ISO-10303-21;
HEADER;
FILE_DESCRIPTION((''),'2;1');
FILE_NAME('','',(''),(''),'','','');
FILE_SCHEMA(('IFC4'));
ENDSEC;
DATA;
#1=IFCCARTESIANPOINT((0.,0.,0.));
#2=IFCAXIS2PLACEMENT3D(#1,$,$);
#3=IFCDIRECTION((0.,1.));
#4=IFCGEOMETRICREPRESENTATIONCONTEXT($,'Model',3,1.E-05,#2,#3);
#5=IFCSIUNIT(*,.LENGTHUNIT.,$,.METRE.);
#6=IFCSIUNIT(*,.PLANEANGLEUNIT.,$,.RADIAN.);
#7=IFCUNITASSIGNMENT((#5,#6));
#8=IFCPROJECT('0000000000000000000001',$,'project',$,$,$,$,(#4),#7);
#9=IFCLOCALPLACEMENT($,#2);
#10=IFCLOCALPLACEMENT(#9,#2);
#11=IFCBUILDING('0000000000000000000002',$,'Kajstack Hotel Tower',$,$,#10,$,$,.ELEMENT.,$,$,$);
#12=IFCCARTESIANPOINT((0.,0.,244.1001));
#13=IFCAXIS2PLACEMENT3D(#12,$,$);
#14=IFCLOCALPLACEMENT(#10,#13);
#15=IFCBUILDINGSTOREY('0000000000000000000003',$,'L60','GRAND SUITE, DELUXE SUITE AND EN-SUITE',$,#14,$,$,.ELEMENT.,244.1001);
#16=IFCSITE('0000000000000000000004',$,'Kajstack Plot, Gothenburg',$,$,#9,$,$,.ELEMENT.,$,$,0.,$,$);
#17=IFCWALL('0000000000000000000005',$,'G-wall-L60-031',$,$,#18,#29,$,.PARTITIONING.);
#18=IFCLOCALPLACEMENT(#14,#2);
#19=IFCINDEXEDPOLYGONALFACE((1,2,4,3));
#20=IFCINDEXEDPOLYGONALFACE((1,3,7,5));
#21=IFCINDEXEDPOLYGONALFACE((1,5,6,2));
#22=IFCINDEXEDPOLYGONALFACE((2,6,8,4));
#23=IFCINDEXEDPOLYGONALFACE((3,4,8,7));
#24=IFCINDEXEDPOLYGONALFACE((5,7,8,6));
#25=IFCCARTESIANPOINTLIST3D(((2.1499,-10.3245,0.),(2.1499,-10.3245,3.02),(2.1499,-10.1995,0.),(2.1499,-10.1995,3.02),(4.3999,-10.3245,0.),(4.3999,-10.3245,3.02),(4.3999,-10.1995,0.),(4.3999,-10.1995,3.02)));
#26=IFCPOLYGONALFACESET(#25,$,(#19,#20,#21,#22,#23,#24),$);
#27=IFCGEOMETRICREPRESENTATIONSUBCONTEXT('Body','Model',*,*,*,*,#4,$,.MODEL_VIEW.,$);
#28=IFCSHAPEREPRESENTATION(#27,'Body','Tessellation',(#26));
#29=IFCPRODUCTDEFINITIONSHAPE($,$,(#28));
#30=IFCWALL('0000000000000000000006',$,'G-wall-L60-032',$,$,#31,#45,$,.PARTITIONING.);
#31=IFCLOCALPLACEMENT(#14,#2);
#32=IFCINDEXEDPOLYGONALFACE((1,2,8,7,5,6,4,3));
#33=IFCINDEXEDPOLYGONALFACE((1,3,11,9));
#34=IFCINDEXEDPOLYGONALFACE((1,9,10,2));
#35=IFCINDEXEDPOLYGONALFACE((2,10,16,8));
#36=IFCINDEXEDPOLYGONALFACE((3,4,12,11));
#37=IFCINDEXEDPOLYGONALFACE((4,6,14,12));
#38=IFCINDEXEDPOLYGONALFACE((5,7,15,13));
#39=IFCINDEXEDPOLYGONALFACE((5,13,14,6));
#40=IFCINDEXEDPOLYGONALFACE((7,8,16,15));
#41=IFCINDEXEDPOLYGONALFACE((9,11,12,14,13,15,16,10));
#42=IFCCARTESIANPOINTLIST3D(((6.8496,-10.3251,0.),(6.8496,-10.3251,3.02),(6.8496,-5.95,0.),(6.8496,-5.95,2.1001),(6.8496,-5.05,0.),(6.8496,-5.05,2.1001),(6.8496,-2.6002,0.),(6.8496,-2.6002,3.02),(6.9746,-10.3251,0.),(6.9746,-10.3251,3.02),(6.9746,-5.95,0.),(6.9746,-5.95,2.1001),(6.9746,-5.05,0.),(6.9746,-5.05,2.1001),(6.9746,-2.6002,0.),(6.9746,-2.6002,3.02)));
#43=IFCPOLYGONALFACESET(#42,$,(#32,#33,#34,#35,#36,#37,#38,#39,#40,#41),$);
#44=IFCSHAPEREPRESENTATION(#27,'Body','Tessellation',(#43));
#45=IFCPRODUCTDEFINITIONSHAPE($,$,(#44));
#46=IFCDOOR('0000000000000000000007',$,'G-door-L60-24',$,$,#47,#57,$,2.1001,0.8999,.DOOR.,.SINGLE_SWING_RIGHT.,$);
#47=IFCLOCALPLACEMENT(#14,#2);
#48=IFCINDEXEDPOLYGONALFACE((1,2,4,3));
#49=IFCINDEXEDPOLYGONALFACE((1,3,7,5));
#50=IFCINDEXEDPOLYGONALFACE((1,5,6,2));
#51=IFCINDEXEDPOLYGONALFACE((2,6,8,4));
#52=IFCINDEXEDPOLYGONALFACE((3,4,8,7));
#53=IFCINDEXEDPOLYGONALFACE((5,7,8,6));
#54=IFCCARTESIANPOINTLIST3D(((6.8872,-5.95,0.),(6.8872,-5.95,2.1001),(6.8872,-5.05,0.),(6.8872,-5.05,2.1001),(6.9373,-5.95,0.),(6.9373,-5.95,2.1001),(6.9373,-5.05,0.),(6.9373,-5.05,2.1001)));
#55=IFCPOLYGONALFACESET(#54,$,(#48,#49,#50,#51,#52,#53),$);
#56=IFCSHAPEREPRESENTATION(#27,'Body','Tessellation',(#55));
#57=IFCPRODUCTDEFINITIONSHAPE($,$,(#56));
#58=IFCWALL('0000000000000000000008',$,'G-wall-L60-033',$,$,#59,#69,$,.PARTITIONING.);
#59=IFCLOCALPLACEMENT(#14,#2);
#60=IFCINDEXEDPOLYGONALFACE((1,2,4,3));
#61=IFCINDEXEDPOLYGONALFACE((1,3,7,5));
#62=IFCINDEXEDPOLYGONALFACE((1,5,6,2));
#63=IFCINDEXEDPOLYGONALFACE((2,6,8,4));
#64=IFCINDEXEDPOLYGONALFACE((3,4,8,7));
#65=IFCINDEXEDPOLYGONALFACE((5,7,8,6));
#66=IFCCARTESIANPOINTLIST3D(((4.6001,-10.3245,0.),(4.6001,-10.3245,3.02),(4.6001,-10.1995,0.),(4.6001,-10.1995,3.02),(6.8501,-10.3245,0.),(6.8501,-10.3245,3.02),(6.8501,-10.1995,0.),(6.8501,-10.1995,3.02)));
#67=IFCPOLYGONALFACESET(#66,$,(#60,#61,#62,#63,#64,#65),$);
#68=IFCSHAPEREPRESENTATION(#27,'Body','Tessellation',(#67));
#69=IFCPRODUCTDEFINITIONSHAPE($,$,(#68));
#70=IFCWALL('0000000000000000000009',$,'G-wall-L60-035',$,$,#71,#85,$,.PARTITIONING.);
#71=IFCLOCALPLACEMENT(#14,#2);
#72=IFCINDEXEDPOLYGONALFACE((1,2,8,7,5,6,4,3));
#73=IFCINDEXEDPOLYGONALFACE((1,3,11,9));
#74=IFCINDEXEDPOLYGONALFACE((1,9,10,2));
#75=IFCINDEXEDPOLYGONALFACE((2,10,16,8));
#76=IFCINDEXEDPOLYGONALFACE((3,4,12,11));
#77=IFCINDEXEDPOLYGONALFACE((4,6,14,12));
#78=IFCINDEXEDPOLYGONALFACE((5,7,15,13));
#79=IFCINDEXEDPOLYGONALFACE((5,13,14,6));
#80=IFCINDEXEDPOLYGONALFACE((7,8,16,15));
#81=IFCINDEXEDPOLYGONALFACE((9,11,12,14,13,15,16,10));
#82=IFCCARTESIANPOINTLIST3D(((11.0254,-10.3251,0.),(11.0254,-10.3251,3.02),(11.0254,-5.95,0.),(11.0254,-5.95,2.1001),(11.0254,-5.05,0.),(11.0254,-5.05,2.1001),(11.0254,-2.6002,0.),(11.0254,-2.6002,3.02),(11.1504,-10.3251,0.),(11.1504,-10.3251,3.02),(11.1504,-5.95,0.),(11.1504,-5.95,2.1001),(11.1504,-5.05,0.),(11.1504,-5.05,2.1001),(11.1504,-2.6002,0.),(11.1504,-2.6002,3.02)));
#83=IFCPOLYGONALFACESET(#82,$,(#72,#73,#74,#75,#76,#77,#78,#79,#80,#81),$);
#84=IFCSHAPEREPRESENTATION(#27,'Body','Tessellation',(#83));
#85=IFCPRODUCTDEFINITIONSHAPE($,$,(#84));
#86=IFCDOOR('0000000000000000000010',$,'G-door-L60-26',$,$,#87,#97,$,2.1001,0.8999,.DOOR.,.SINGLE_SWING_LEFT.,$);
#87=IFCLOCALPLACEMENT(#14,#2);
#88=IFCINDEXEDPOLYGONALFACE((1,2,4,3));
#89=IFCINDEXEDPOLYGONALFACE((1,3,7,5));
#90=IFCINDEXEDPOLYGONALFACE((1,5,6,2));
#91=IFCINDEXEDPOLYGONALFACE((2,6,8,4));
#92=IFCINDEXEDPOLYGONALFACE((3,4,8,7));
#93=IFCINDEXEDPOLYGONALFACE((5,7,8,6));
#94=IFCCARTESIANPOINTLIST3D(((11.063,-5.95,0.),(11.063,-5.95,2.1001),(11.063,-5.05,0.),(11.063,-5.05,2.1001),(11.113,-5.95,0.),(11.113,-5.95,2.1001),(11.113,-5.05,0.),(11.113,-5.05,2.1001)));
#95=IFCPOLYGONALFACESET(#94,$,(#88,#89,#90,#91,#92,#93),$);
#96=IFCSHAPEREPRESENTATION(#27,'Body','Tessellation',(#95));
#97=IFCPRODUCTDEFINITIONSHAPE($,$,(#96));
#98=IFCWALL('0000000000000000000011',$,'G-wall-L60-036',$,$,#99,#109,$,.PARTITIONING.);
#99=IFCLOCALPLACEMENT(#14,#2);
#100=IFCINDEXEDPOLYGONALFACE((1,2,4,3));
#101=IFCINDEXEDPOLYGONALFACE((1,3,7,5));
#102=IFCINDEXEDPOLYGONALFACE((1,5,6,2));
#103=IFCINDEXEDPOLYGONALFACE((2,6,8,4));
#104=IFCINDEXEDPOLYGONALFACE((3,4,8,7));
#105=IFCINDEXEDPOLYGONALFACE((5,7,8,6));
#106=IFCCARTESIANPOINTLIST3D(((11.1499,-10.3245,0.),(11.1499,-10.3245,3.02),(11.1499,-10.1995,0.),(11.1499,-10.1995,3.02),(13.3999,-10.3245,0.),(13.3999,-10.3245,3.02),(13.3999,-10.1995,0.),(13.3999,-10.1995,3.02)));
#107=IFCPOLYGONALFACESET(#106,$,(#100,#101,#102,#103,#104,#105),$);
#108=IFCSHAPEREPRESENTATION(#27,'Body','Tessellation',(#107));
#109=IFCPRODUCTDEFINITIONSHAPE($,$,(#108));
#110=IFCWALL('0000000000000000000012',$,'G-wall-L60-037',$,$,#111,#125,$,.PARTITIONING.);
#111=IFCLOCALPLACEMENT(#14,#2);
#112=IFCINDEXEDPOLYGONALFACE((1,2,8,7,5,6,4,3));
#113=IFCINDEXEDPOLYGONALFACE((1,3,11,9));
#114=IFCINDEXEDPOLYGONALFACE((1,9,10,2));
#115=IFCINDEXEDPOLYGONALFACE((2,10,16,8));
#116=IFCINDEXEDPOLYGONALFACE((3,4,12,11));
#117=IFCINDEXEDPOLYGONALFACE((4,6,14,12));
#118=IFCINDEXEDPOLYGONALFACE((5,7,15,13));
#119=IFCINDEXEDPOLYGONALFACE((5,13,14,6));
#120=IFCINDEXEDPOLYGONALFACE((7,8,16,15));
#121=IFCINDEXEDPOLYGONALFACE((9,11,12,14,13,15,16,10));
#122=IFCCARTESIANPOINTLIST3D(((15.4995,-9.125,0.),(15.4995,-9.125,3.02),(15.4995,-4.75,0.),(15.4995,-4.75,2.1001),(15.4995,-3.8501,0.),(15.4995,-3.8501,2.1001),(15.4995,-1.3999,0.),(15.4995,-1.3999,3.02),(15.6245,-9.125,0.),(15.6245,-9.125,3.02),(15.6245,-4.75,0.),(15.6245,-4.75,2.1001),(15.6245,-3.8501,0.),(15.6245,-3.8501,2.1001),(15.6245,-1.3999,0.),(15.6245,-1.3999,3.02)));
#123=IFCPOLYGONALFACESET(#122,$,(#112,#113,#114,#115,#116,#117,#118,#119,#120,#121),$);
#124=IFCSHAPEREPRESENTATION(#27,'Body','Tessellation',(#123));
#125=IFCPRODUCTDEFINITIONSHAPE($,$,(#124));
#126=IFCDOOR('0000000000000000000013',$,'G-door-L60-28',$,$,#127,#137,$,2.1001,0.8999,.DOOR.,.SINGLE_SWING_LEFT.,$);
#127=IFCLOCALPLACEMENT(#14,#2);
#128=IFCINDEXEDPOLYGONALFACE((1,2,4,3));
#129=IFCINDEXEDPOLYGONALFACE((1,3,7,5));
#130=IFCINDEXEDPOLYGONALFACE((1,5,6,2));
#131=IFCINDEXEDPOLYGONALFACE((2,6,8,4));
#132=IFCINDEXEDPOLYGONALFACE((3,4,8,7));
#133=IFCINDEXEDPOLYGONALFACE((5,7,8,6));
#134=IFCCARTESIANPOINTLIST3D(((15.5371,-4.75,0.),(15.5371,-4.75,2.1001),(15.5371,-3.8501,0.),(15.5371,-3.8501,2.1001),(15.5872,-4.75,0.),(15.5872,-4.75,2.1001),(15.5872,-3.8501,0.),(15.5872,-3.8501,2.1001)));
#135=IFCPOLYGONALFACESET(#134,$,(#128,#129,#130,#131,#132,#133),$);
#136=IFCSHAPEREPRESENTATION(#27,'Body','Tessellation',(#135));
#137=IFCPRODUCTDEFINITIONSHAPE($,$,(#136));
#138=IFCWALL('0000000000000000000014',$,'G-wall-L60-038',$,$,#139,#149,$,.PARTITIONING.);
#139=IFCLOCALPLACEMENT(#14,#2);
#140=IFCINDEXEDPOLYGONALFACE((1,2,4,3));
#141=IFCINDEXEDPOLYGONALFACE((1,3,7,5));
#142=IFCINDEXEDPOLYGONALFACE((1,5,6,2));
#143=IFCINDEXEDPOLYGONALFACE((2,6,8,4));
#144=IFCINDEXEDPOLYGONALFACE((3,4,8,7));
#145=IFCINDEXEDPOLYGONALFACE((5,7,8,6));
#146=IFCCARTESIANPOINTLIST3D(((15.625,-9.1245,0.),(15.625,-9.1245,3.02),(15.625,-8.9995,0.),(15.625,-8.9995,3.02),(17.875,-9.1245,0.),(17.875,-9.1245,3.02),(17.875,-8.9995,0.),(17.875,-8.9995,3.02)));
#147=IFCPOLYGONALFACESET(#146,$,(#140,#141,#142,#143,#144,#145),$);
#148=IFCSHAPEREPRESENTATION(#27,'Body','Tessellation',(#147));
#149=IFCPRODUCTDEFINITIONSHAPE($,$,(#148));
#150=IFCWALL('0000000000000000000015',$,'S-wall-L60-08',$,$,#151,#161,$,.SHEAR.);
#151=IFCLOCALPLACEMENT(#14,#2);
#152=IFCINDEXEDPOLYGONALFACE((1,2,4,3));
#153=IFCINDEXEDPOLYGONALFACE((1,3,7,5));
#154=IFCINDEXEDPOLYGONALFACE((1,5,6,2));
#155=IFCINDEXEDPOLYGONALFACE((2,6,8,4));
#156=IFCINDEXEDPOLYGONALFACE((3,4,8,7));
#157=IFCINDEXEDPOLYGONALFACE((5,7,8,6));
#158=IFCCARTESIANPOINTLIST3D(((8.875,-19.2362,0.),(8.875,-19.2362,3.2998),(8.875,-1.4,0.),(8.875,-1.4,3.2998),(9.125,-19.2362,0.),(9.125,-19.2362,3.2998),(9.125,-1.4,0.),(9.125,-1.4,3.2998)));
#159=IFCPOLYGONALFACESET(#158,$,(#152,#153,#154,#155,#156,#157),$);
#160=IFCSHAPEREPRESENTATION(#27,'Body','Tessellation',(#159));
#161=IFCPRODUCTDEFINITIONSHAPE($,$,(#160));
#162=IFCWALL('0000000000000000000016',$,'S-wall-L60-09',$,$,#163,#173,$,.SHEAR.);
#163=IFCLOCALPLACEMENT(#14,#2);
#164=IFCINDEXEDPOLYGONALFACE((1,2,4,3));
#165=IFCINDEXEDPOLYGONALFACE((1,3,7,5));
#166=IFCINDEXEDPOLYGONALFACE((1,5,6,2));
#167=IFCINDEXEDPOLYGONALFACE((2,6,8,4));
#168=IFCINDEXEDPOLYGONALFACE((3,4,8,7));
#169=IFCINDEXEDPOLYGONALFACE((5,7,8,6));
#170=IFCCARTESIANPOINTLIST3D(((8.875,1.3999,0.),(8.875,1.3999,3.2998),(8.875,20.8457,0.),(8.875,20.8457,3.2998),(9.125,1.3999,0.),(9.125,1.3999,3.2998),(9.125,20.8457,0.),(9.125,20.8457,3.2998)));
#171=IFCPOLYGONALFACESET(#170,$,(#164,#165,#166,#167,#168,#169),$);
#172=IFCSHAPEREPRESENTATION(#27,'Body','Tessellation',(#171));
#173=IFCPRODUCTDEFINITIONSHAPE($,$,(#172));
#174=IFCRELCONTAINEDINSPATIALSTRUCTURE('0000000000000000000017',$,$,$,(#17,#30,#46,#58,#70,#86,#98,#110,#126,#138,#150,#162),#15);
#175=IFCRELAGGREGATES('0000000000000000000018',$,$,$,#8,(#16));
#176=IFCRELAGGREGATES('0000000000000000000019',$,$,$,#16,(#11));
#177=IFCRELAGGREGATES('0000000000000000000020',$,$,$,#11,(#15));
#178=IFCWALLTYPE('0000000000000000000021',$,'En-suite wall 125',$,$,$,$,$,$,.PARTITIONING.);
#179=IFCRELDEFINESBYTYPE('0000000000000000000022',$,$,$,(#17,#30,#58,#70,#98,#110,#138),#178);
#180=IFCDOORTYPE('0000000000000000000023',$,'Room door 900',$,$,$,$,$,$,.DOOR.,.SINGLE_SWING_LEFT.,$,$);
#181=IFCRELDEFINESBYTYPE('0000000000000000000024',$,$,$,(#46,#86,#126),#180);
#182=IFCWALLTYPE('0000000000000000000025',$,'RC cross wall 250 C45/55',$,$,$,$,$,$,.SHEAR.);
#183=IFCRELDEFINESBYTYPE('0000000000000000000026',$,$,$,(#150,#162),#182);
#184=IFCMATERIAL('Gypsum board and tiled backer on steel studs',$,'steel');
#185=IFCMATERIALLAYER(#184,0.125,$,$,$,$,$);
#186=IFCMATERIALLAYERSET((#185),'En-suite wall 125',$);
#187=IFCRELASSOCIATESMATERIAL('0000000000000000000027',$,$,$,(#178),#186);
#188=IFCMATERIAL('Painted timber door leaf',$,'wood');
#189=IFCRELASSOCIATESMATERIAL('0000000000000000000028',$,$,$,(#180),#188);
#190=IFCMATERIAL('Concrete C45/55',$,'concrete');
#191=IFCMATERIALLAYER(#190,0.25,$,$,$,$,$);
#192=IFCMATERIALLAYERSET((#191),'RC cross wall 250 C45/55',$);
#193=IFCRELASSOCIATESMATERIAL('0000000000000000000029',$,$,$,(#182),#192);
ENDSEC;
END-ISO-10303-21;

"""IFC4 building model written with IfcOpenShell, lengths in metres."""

from ifc_helpers import new_model, si_unit, direction, frame, frame_2d, origin, place, context, subcontext, project, spatial, rectangle, extrude, material, layer, layer_set, type_object, element, fill, save


model = new_model("IFC4")

# Units and contexts
model_context = context("Model", 3, precision=1e-05, world=origin(), true_north=direction((0.0, 1.0)))
body_context = subcontext(model_context, "Body", "Model", "MODEL_VIEW")
ifc_project = project(units=[si_unit("LENGTHUNIT", "METRE"), si_unit("PLANEANGLEUNIT", "RADIAN")], contexts=[model_context])

# Site, building, storey
site_placement = place(None, origin())
site = spatial("IfcSite", under=ifc_project, at=site_placement, Name="Kajstack Plot, Gothenburg", CompositionType="ELEMENT", RefElevation=0.0)
building_placement = place(site_placement, origin())
building = spatial("IfcBuilding", under=site, at=building_placement, Name="Kajstack Hotel Tower", CompositionType="ELEMENT")
storey_placement = place(building_placement, frame((0.0, 0.0, 244.1001)))
storey = spatial("IfcBuildingStorey", under=building, at=storey_placement, Name="L60", Description="GRAND SUITE, DELUXE SUITE AND EN-SUITE", CompositionType="ELEMENT", Elevation=244.1001)

# Shared definitions
ifc_material_1 = material(Name="Gypsum board and tiled backer on steel studs", Category="steel")
ifc_layer_1 = layer(ifc_material_1, 0.125)
ifc_layer_set_1 = layer_set([ifc_layer_1], Name="En-suite wall 125")
wall_type_1 = type_object("IfcWallType", Name="En-suite wall 125", PredefinedType="PARTITIONING", material=ifc_layer_set_1)
ifc_material_2 = material(Name="Painted timber door leaf", Category="wood")
door_type_1 = type_object("IfcDoorType", Name="Room door 900", OperationType="SINGLE_SWING_LEFT", PredefinedType="DOOR", material=ifc_material_2)

# Wall
wall_1_placement = place(storey_placement, frame((2.1499, -10.262, 0.0), z_axis=(0.0, 0.0, 1.0), x_axis=(1.0, 0.0, 0.0)))
element("IfcWall", 1, at=wall_1_placement, inside=storey, type_object=wall_type_1, Name="G-wall-L60-031", PredefinedType="PARTITIONING", context=body_context, shape_type="SweptSolid", body=[
    extrude(rectangle(XDim=2.25, YDim=0.125, at=frame_2d((1.125, 0.0))), origin(), (0.0, 0.0, 1.0), 3.02),
])

# Wall, opening, door
wall_2_placement = place(storey_placement, frame((6.9121, -10.325, 0.0), z_axis=(0.0, 0.0, 1.0), x_axis=(0.0, 1.0, 0.0)))
wall_2 = element("IfcWall", 2, at=wall_2_placement, inside=storey, type_object=wall_type_1, Name="G-wall-L60-032", PredefinedType="PARTITIONING", context=body_context, shape_type="SweptSolid", body=[
    extrude(rectangle(XDim=7.7249, YDim=0.125, at=frame_2d((3.8623, 0.0))), origin(), (0.0, 0.0, 1.0), 3.02),
])
opening_1_placement = place(wall_2_placement, frame((4.375, 0.0, 0.0)))
opening_1 = element("IfcOpeningElement", 3, at=opening_1_placement, cuts=wall_2, PredefinedType="OPENING", context=body_context, shape_type="SweptSolid", body=[
    extrude(rectangle(XDim=0.8999, YDim=2.1001, at=frame_2d((0.45, 1.05))), frame((0.0, 0.0725, 0.0), z_axis=(0.0, -1.0, 0.0), x_axis=(1.0, 0.0, 0.0)), (0.0, 0.0, 1.0), 0.145),
])
door_1_placement = place(opening_1_placement, origin())
door_1 = element("IfcDoor", 4, at=door_1_placement, inside=storey, type_object=door_type_1, Name="G-door-L60-24", OperationType="SINGLE_SWING_RIGHT", OverallHeight=2.1001, OverallWidth=0.8999, PredefinedType="DOOR", context=body_context, shape_type="SweptSolid", body=[
    extrude(rectangle(XDim=0.8999, YDim=2.1001, at=frame_2d((0.45, 1.05))), frame((0.0, 0.0249, 0.0), z_axis=(0.0, -1.0, 0.0), x_axis=(1.0, 0.0, 0.0)), (0.0, 0.0, 1.0), 0.05),
])
fill(opening_1, door_1)

# Wall
wall_3_placement = place(storey_placement, frame((4.6001, -10.262, 0.0), z_axis=(0.0, 0.0, 1.0), x_axis=(1.0, 0.0, 0.0)))
element("IfcWall", 5, at=wall_3_placement, inside=storey, type_object=wall_type_1, Name="G-wall-L60-033", PredefinedType="PARTITIONING", context=body_context, shape_type="SweptSolid", body=[
    extrude(rectangle(XDim=2.25, YDim=0.125, at=frame_2d((1.125, 0.0))), origin(), (0.0, 0.0, 1.0), 3.02),
])

# Wall, opening, door
wall_4_placement = place(storey_placement, frame((11.0879, -10.325, 0.0), z_axis=(0.0, 0.0, 1.0), x_axis=(0.0, 1.0, 0.0)))
wall_4 = element("IfcWall", 6, at=wall_4_placement, inside=storey, type_object=wall_type_1, Name="G-wall-L60-035", PredefinedType="PARTITIONING", context=body_context, shape_type="SweptSolid", body=[
    extrude(rectangle(XDim=7.7249, YDim=0.125, at=frame_2d((3.8623, 0.0))), origin(), (0.0, 0.0, 1.0), 3.02),
])
opening_2_placement = place(wall_4_placement, frame((4.375, 0.0, 0.0)))
opening_2 = element("IfcOpeningElement", 7, at=opening_2_placement, cuts=wall_4, PredefinedType="OPENING", context=body_context, shape_type="SweptSolid", body=[
    extrude(rectangle(XDim=0.8999, YDim=2.1001, at=frame_2d((0.45, 1.05))), frame((0.0, 0.0725, 0.0), z_axis=(0.0, -1.0, 0.0), x_axis=(1.0, 0.0, 0.0)), (0.0, 0.0, 1.0), 0.145),
])
door_2_placement = place(opening_2_placement, origin())
door_2 = element("IfcDoor", 8, at=door_2_placement, inside=storey, type_object=door_type_1, Name="G-door-L60-26", OperationType="SINGLE_SWING_LEFT", OverallHeight=2.1001, OverallWidth=0.8999, PredefinedType="DOOR", context=body_context, shape_type="SweptSolid", body=[
    extrude(rectangle(XDim=0.8999, YDim=2.1001, at=frame_2d((0.45, 1.05))), frame((0.0, 0.0249, 0.0), z_axis=(0.0, -1.0, 0.0), x_axis=(1.0, 0.0, 0.0)), (0.0, 0.0, 1.0), 0.05),
])
fill(opening_2, door_2)

# Wall
wall_5_placement = place(storey_placement, frame((11.1499, -10.262, 0.0), z_axis=(0.0, 0.0, 1.0), x_axis=(1.0, 0.0, 0.0)))
element("IfcWall", 9, at=wall_5_placement, inside=storey, type_object=wall_type_1, Name="G-wall-L60-036", PredefinedType="PARTITIONING", context=body_context, shape_type="SweptSolid", body=[
    extrude(rectangle(XDim=2.25, YDim=0.125, at=frame_2d((1.125, 0.0))), origin(), (0.0, 0.0, 1.0), 3.02),
])

# Wall, opening, door
wall_6_placement = place(storey_placement, frame((15.562, -9.125, 0.0), z_axis=(0.0, 0.0, 1.0), x_axis=(0.0, 1.0, 0.0)))
wall_6 = element("IfcWall", 10, at=wall_6_placement, inside=storey, type_object=wall_type_1, Name="G-wall-L60-037", PredefinedType="PARTITIONING", context=body_context, shape_type="SweptSolid", body=[
    extrude(rectangle(XDim=7.7251, YDim=0.125, at=frame_2d((3.8625, 0.0))), origin(), (0.0, 0.0, 1.0), 3.02),
])
opening_3_placement = place(wall_6_placement, frame((4.375, 0.0, 0.0)))
opening_3 = element("IfcOpeningElement", 11, at=opening_3_placement, cuts=wall_6, PredefinedType="OPENING", context=body_context, shape_type="SweptSolid", body=[
    extrude(rectangle(XDim=0.8999, YDim=2.1001, at=frame_2d((0.45, 1.05))), frame((0.0, 0.0725, 0.0), z_axis=(0.0, -1.0, 0.0), x_axis=(1.0, 0.0, 0.0)), (0.0, 0.0, 1.0), 0.145),
])
door_3_placement = place(opening_3_placement, origin())
door_3 = element("IfcDoor", 12, at=door_3_placement, inside=storey, type_object=door_type_1, Name="G-door-L60-28", OperationType="SINGLE_SWING_LEFT", OverallHeight=2.1001, OverallWidth=0.8999, PredefinedType="DOOR", context=body_context, shape_type="SweptSolid", body=[
    extrude(rectangle(XDim=0.8999, YDim=2.1001, at=frame_2d((0.45, 1.05))), frame((0.0, 0.0249, 0.0), z_axis=(0.0, -1.0, 0.0), x_axis=(1.0, 0.0, 0.0)), (0.0, 0.0, 1.0), 0.05),
])
fill(opening_3, door_3)

# Walls
wall_7_placement = place(storey_placement, frame((15.625, -9.062, 0.0), z_axis=(0.0, 0.0, 1.0), x_axis=(1.0, 0.0, 0.0)))
element("IfcWall", 13, at=wall_7_placement, inside=storey, type_object=wall_type_1, Name="G-wall-L60-038", PredefinedType="PARTITIONING", context=body_context, shape_type="SweptSolid", body=[
    extrude(rectangle(XDim=2.25, YDim=0.125, at=frame_2d((1.125, 0.0))), origin(), (0.0, 0.0, 1.0), 3.02),
])
ifc_material_3 = material(Name="Concrete C45/55", Category="concrete")
ifc_layer_2 = layer(ifc_material_3, 0.25)
ifc_layer_set_2 = layer_set([ifc_layer_2], Name="RC cross wall 250 C45/55")
wall_type_2 = type_object("IfcWallType", Name="RC cross wall 250 C45/55", PredefinedType="SHEAR", material=ifc_layer_set_2)
wall_8_placement = place(storey_placement, frame((9.0, -19.2361, 0.0), z_axis=(0.0, 0.0, 1.0), x_axis=(0.0, 1.0, 0.0)))
element("IfcWall", 14, at=wall_8_placement, inside=storey, type_object=wall_type_2, Name="S-wall-L60-08", PredefinedType="SHEAR", context=body_context, shape_type="SweptSolid", body=[
    extrude(rectangle(XDim=17.8362, YDim=0.25, at=frame_2d((8.918, 0.0))), origin(), (0.0, 0.0, 1.0), 3.2998),
])
wall_9_placement = place(storey_placement, frame((9.0, 1.3999, 0.0), z_axis=(0.0, 0.0, 1.0), x_axis=(0.0, 1.0, 0.0)))
element("IfcWall", 15, at=wall_9_placement, inside=storey, type_object=wall_type_2, Name="S-wall-L60-09", PredefinedType="SHEAR", context=body_context, shape_type="SweptSolid", body=[
    extrude(rectangle(XDim=19.4458, YDim=0.25, at=frame_2d((9.7229, 0.0))), origin(), (0.0, 0.0, 1.0), 3.2998),
])

save(model, "model.ifc")
